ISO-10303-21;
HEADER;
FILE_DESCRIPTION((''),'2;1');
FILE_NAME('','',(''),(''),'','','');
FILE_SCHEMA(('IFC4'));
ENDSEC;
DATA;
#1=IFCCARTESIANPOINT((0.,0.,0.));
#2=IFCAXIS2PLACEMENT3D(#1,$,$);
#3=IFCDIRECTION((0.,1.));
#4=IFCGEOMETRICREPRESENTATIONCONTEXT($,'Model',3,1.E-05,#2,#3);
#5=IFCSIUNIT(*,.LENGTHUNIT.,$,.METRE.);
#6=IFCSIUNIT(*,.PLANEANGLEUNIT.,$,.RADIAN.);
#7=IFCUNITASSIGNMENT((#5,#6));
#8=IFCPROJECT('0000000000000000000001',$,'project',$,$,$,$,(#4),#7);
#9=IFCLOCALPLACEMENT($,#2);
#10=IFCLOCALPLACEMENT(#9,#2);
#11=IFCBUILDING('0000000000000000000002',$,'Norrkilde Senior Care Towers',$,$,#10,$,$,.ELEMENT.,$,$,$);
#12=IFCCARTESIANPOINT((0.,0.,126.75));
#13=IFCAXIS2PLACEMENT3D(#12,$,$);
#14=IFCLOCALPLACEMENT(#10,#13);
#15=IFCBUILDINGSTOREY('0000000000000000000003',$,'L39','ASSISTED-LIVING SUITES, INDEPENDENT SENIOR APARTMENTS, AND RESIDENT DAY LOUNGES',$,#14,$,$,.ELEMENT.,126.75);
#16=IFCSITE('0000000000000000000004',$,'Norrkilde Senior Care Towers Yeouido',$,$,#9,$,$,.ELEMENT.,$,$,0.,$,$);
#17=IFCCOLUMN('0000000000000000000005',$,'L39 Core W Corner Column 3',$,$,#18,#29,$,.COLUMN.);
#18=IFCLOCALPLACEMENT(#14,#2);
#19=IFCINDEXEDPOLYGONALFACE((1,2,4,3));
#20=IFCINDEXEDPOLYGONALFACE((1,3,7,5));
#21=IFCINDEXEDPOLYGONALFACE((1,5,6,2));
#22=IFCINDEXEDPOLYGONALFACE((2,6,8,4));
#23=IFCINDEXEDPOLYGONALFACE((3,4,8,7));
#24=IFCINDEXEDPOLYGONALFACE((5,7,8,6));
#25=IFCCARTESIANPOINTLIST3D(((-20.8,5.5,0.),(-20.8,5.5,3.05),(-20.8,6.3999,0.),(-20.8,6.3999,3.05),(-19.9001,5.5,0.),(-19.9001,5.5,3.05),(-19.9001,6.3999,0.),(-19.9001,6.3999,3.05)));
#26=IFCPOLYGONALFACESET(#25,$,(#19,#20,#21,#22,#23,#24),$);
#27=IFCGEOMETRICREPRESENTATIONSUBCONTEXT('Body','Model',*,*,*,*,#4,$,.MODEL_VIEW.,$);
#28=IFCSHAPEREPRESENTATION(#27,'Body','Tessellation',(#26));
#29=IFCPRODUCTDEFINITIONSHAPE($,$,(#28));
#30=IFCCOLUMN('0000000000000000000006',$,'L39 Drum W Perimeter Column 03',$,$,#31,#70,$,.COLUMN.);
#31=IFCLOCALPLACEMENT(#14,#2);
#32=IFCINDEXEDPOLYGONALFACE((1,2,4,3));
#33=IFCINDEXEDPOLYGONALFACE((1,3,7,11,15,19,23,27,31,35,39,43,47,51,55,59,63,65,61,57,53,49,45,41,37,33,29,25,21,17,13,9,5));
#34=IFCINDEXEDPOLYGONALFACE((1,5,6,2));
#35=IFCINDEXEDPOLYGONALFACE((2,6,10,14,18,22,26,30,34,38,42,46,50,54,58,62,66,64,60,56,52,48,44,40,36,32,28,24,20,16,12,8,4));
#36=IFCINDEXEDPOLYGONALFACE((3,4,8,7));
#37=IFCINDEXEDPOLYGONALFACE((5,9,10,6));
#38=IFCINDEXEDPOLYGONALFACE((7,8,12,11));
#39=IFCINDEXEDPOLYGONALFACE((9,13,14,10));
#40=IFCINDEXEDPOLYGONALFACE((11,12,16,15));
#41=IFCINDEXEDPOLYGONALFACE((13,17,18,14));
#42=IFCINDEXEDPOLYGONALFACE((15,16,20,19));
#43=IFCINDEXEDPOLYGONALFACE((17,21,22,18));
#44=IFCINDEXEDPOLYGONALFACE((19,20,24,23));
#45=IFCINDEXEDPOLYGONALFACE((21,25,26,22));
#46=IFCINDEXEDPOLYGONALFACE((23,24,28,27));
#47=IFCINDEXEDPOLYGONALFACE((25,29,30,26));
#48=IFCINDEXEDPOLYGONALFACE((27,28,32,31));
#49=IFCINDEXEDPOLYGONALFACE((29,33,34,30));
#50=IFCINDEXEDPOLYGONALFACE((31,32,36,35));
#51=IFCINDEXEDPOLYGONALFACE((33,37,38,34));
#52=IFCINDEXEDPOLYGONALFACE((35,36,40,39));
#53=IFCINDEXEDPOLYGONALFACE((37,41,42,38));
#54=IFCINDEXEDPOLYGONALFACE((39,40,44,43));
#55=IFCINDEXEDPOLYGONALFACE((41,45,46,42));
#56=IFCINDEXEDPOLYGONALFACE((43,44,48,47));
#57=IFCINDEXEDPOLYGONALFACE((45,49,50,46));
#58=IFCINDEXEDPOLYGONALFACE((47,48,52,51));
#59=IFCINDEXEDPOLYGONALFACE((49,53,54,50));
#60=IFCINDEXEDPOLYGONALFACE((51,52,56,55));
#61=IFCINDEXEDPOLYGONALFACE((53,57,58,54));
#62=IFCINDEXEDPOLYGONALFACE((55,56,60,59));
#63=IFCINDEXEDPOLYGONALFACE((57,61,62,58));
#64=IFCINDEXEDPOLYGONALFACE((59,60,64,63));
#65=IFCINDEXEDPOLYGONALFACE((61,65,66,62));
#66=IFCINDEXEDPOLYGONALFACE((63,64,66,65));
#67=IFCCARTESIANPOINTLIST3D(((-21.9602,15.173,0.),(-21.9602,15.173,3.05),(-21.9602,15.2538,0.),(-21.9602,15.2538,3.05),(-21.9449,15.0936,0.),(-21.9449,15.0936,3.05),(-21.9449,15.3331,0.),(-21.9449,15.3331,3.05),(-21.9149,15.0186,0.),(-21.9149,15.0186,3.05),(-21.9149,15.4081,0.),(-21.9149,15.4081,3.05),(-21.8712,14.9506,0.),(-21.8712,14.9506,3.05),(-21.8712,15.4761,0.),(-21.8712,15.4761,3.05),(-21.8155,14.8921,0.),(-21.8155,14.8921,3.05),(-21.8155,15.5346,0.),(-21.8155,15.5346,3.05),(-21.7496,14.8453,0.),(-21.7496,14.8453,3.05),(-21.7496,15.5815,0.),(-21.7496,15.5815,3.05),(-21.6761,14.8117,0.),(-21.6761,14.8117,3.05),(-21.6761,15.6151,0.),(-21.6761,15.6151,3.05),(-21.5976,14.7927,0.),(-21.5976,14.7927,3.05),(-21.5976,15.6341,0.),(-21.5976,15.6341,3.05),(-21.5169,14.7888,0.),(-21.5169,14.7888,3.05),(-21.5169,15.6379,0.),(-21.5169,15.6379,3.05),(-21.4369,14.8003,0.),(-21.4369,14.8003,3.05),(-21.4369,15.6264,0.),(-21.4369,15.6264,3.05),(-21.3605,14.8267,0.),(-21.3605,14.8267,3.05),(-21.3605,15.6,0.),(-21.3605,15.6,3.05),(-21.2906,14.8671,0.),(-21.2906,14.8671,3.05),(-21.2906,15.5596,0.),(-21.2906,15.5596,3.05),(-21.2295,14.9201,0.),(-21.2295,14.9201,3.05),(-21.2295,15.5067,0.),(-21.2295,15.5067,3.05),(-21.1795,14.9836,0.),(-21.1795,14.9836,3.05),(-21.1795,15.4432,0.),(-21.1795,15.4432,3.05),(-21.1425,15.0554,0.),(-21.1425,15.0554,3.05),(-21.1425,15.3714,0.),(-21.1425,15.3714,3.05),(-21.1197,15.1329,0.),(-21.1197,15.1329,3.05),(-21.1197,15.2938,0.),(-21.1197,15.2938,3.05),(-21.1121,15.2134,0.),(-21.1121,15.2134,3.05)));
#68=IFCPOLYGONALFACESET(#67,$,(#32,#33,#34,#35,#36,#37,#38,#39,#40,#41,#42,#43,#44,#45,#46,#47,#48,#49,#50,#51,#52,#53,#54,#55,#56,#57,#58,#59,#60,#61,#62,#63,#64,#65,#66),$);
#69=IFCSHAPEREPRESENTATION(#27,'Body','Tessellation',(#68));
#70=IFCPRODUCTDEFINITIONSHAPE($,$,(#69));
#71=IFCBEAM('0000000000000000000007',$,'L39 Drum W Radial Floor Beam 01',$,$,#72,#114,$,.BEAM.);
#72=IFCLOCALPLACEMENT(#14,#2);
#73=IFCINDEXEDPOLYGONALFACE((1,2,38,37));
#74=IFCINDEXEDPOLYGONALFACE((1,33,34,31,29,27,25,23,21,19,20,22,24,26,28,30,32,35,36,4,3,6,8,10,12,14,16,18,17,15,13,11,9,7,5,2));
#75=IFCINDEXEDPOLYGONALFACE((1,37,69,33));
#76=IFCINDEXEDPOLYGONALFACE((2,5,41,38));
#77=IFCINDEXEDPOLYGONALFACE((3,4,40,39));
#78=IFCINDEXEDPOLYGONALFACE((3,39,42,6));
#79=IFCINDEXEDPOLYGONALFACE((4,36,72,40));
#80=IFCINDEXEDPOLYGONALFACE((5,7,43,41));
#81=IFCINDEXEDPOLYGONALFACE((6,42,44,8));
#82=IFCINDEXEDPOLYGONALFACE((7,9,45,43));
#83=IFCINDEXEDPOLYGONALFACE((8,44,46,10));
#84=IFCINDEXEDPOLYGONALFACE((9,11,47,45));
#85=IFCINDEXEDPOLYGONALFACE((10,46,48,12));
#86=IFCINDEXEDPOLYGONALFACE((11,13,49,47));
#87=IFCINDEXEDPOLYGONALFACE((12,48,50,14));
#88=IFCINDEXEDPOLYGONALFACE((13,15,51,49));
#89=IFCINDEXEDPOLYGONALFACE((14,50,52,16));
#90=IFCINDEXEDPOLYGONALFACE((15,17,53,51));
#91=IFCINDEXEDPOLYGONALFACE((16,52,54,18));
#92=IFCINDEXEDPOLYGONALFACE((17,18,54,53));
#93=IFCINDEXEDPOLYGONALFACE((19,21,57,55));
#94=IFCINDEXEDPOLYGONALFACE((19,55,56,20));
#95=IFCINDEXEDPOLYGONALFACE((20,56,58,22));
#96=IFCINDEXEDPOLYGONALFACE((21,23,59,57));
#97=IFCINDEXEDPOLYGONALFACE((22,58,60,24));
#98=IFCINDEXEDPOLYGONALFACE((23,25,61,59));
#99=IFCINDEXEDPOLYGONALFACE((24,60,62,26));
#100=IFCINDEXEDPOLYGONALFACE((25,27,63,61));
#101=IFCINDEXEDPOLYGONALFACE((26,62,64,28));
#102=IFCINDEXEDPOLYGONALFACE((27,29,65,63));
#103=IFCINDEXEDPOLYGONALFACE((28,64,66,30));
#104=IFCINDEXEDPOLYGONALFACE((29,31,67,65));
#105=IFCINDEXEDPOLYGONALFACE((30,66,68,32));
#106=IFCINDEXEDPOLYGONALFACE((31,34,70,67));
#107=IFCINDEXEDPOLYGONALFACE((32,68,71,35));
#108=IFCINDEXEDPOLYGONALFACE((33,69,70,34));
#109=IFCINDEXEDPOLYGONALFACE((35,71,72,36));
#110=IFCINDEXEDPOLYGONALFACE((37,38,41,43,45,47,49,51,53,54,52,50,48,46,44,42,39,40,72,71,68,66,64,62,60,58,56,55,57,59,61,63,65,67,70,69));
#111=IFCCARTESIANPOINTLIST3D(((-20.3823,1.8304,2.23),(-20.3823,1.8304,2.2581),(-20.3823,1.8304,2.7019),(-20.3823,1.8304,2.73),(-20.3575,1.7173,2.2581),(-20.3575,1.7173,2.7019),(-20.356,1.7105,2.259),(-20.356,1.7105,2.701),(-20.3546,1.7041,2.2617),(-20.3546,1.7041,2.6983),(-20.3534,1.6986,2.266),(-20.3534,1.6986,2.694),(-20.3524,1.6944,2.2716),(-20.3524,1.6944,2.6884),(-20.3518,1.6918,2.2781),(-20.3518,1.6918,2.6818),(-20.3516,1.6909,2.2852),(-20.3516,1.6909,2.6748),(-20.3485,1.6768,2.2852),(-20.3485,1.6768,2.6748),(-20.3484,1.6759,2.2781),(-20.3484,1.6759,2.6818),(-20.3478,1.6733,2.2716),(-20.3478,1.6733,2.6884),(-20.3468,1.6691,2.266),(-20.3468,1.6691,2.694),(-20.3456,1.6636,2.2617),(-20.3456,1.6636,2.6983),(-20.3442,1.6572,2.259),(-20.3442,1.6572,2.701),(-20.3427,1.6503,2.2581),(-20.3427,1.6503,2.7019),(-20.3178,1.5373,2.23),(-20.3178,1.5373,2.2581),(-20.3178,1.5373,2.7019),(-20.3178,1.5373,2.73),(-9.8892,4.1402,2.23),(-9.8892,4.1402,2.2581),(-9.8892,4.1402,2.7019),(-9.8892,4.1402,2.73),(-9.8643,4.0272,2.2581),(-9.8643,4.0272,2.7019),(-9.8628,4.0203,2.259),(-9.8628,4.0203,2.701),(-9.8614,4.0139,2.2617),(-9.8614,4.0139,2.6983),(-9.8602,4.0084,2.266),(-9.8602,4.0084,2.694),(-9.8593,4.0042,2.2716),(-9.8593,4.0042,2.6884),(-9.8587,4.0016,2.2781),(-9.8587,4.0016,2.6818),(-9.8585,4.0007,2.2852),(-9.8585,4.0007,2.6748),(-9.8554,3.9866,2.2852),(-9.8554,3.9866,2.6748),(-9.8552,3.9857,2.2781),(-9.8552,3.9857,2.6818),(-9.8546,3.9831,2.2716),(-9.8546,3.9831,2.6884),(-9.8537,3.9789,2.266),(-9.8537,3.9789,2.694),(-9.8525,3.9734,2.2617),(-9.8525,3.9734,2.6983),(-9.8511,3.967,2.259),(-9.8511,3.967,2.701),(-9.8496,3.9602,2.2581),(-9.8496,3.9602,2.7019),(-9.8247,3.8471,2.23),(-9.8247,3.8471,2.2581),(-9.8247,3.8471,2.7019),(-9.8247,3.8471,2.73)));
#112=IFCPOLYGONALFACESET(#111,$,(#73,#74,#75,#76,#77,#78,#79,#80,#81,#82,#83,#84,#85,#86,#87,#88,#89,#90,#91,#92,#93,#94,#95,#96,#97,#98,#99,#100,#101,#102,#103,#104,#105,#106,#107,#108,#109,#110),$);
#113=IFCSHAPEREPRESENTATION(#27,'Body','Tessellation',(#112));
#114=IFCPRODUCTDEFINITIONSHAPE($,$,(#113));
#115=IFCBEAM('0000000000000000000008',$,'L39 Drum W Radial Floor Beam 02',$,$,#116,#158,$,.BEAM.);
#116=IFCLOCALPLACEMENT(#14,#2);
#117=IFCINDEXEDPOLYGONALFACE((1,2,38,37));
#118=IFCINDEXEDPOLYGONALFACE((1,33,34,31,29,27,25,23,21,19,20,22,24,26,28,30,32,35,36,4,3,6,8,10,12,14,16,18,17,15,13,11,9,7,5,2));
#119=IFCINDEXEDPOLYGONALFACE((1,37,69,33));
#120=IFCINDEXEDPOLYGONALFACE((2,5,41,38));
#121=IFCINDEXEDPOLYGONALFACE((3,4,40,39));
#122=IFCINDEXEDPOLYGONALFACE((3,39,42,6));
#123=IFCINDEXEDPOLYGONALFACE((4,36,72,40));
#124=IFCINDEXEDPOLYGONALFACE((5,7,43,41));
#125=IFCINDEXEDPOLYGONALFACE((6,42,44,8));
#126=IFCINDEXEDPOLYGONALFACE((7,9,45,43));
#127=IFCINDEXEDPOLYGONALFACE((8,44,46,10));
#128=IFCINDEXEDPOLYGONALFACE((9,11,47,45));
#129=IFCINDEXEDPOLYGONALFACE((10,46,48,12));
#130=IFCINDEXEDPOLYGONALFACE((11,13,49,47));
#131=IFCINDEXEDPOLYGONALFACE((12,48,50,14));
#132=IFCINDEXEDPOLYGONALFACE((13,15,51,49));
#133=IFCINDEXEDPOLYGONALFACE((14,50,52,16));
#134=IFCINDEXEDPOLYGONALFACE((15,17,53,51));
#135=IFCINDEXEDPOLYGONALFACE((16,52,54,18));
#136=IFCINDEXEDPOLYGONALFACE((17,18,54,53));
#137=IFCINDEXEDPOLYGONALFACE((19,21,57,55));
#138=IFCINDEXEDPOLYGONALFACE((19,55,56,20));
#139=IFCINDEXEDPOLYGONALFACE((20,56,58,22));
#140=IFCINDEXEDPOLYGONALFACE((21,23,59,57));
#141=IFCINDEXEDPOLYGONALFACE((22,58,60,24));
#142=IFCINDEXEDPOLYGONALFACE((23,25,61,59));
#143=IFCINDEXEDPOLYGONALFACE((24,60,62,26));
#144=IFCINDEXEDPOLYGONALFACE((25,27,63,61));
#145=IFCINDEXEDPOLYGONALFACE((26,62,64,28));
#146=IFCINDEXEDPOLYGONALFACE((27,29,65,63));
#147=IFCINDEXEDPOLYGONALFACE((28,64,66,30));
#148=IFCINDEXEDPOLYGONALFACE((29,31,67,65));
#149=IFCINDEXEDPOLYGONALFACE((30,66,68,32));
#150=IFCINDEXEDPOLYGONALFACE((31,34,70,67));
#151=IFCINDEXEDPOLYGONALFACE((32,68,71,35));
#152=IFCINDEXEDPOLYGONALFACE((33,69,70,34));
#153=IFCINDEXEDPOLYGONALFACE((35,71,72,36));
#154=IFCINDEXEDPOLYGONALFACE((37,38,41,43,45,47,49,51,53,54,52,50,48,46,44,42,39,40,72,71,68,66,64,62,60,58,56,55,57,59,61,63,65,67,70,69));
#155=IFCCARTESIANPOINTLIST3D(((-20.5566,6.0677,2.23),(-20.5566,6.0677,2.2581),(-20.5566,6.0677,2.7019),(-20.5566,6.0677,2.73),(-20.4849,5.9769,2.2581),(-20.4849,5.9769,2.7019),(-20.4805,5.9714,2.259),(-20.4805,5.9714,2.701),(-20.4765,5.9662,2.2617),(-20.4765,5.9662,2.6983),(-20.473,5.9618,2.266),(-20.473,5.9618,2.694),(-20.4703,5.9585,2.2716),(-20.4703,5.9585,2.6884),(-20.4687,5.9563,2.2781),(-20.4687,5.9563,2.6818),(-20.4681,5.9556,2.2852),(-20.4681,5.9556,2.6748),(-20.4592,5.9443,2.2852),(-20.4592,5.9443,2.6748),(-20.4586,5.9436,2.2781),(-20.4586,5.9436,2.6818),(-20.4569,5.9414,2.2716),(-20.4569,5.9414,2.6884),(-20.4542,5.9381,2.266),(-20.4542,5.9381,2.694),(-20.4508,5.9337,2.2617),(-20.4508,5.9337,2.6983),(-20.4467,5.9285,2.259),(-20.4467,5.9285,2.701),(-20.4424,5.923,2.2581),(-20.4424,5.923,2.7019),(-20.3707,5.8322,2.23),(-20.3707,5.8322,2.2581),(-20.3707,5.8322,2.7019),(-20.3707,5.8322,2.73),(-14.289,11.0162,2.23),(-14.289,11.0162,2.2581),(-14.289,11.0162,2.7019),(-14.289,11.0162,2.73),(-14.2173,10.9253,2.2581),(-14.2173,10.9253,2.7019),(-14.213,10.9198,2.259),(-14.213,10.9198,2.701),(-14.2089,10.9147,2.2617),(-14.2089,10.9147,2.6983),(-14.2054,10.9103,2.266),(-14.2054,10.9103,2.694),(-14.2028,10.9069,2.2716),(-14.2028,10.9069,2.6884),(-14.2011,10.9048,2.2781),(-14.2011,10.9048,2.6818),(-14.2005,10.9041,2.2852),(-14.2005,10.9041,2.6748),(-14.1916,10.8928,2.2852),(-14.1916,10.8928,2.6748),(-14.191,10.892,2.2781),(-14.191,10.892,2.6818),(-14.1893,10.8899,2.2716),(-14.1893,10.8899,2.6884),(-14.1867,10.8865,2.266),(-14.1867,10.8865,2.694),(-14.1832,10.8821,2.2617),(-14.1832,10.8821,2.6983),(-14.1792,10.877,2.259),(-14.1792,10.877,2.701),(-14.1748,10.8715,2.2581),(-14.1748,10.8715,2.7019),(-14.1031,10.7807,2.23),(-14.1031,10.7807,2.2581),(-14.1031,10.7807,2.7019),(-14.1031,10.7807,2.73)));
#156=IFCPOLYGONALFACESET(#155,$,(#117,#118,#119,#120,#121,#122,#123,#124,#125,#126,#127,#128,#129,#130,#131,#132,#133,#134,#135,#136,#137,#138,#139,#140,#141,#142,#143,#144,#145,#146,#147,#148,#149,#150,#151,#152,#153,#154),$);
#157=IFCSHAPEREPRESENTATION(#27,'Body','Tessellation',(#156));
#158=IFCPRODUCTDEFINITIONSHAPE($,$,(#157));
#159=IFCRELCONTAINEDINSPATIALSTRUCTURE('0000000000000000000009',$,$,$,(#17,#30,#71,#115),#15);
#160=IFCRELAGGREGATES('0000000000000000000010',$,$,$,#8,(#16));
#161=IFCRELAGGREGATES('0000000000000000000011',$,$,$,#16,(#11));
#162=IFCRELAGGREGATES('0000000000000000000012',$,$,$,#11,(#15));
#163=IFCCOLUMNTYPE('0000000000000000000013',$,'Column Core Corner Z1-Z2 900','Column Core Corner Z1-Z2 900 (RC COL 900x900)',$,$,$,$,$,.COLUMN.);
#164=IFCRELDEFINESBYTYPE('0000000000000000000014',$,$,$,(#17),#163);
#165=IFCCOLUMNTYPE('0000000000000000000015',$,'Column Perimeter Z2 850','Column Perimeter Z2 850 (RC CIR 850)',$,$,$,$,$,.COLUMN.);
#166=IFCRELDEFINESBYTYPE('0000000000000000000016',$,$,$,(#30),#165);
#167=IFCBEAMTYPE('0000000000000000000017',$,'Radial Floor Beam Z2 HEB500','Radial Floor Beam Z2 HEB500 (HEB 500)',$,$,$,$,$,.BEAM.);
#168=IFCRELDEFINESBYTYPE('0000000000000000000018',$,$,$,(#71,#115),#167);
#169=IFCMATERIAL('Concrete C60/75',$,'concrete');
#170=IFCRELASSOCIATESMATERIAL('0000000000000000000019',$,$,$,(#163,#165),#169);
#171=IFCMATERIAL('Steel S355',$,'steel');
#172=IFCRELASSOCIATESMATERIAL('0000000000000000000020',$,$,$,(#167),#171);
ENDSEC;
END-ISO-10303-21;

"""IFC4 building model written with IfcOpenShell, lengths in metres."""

from ifc_helpers import new_model, si_unit, direction, frame, origin, origin_2d, place, context, subcontext, project, spatial, rectangle, circle, i_section, extrude, source, transform, mapped, material, material_profile, profile_set, type_object, type_shapes, element, save


model = new_model("IFC4")

# Units and contexts
model_context = context("Model", 3, precision=1e-05, world=origin(), true_north=direction((0.0, 1.0)))
body_context = subcontext(model_context, "Body", "Model", "MODEL_VIEW")
ifc_project = project(units=[si_unit("LENGTHUNIT", "METRE"), si_unit("PLANEANGLEUNIT", "RADIAN")], contexts=[model_context])

# Site, building, storey
site_placement = place(None, origin())
site = spatial("IfcSite", under=ifc_project, at=site_placement, Name="Norrkilde Senior Care Towers Yeouido", CompositionType="ELEMENT", RefElevation=0.0)
building_placement = place(site_placement, origin())
building = spatial("IfcBuilding", under=site, at=building_placement, Name="Norrkilde Senior Care Towers", CompositionType="ELEMENT")
storey_placement = place(building_placement, frame((0.0, 0.0, 126.75)))
storey = spatial("IfcBuildingStorey", under=building, at=storey_placement, Name="L39", Description="ASSISTED-LIVING SUITES, INDEPENDENT SENIOR APARTMENTS, AND RESIDENT DAY LOUNGES", CompositionType="ELEMENT", Elevation=126.75)

# Columns
ifc_material_1 = material(Name="Concrete C60/75", Category="concrete")
ifc_material_profile_1 = material_profile(ifc_material_1, rectangle(XDim=0.8999, YDim=0.8999, at=origin_2d()), Name="RC COL 900x900")
ifc_profile_set_1 = profile_set([ifc_material_profile_1], Name="Concrete C60/75")
column_type_1 = type_object("IfcColumnType", Name="Column Core Corner Z1-Z2 900", Description="Column Core Corner Z1-Z2 900 (RC COL 900x900)", PredefinedType="COLUMN", material=ifc_profile_set_1)
shared_shape_1 = source(origin(), body_context, "Body", "SweptSolid", [
    extrude(rectangle(XDim=0.8999, YDim=0.8999, at=origin_2d()), origin(), (0.0, 0.0, 1.0), 3.05),
])
type_shapes(column_type_1, [shared_shape_1])
column_1_placement = place(storey_placement, frame((-20.3501, 5.95, 0.0), z_axis=(0.0, 0.0, 1.0), x_axis=(1.0, 0.0, 0.0)))
element("IfcColumn", 1, at=column_1_placement, inside=storey, type_object=column_type_1, Name="L39 Core W Corner Column 3", PredefinedType="COLUMN", context=body_context, shape_type="MappedRepresentation", body=[
    mapped(shared_shape_1, transform((0.0, 0.0, 0.0), x_axis=(1.0, 0.0, 0.0), y_axis=(0.0, 1.0, 0.0), z_axis=(0.0, 0.0, 1.0), scale=1.0)),
])
ifc_material_profile_2 = material_profile(ifc_material_1, circle(Radius=0.425, at=origin_2d()), Name="RC CIR 850")
ifc_profile_set_2 = profile_set([ifc_material_profile_2], Name="Concrete C60/75")
column_type_2 = type_object("IfcColumnType", Name="Column Perimeter Z2 850", Description="Column Perimeter Z2 850 (RC CIR 850)", PredefinedType="COLUMN", material=ifc_profile_set_2)
shared_shape_2 = source(origin(), body_context, "Body", "SweptSolid", [
    extrude(circle(Radius=0.425, at=origin_2d()), origin(), (0.0, 0.0, 1.0), 3.05),
])
type_shapes(column_type_2, [shared_shape_2])
column_2_placement = place(storey_placement, frame((-21.5371, 15.2134, 0.0), z_axis=(0.0, 0.0, 1.0), x_axis=(1.0, 0.0, 0.0)))
element("IfcColumn", 2, at=column_2_placement, inside=storey, type_object=column_type_2, Name="L39 Drum W Perimeter Column 03", PredefinedType="COLUMN", context=body_context, shape_type="MappedRepresentation", body=[
    mapped(shared_shape_2, transform((0.0, 0.0, 0.0), x_axis=(1.0, 0.0, 0.0), y_axis=(0.0, 1.0, 0.0), z_axis=(0.0, 0.0, 1.0), scale=1.0)),
])

# Beams
ifc_material_2 = material(Name="Steel S355", Category="steel")
ifc_material_profile_3 = material_profile(ifc_material_2, i_section(OverallWidth=0.3, OverallDepth=0.5, WebThickness=0.0144, FlangeThickness=0.0281, FilletRadius=0.0271, at=origin_2d()), Name="HEB 500")
ifc_profile_set_3 = profile_set([ifc_material_profile_3], Name="Steel S355")
beam_type_1 = type_object("IfcBeamType", Name="Radial Floor Beam Z2 HEB500", Description="Radial Floor Beam Z2 HEB500 (HEB 500)", PredefinedType="BEAM", material=ifc_profile_set_3)
shared_shape_3 = source(origin(), body_context, "Body", "SweptSolid", [
    extrude(i_section(OverallWidth=0.3, OverallDepth=0.5, WebThickness=0.0144, FlangeThickness=0.0281, FilletRadius=0.0271, at=origin_2d()), origin(), (0.0, 0.0, 1.0), 10.7444),
])
beam_1_placement = place(storey_placement, frame((-20.3501, 1.6838, 2.48), z_axis=(0.976619, 0.214979, 0.0), x_axis=(-0.214979, 0.976619, 0.0)))
element("IfcBeam", 3, at=beam_1_placement, inside=storey, type_object=beam_type_1, Name="L39 Drum W Radial Floor Beam 01", PredefinedType="BEAM", context=body_context, shape_type="MappedRepresentation", body=[
    mapped(shared_shape_3, transform((0.0, 0.0, 0.0), x_axis=(1.0, 0.0, 0.0), y_axis=(0.0, 1.0, 0.0), z_axis=(0.0, 0.0, 1.0), scale=1.0)),
])
shared_shape_4 = source(origin(), body_context, "Body", "SweptSolid", [
    extrude(i_section(OverallWidth=0.3, OverallDepth=0.5, WebThickness=0.0144, FlangeThickness=0.0281, FilletRadius=0.0271, at=origin_2d()), origin(), (0.0, 0.0, 1.0), 7.9856),
])
beam_2_placement = place(storey_placement, frame((-20.4636, 5.95, 2.48), z_axis=(0.784859, 0.619675, 0.0), x_axis=(-0.619675, 0.784859, 0.0)))
element("IfcBeam", 4, at=beam_2_placement, inside=storey, type_object=beam_type_1, Name="L39 Drum W Radial Floor Beam 02", PredefinedType="BEAM", context=body_context, shape_type="MappedRepresentation", body=[
    mapped(shared_shape_4, transform((0.0, 0.0, 0.0), x_axis=(1.0, 0.0, 0.0), y_axis=(0.0, 1.0, 0.0), z_axis=(0.0, 0.0, 1.0), scale=1.0)),
])

save(model, "model.ifc")
